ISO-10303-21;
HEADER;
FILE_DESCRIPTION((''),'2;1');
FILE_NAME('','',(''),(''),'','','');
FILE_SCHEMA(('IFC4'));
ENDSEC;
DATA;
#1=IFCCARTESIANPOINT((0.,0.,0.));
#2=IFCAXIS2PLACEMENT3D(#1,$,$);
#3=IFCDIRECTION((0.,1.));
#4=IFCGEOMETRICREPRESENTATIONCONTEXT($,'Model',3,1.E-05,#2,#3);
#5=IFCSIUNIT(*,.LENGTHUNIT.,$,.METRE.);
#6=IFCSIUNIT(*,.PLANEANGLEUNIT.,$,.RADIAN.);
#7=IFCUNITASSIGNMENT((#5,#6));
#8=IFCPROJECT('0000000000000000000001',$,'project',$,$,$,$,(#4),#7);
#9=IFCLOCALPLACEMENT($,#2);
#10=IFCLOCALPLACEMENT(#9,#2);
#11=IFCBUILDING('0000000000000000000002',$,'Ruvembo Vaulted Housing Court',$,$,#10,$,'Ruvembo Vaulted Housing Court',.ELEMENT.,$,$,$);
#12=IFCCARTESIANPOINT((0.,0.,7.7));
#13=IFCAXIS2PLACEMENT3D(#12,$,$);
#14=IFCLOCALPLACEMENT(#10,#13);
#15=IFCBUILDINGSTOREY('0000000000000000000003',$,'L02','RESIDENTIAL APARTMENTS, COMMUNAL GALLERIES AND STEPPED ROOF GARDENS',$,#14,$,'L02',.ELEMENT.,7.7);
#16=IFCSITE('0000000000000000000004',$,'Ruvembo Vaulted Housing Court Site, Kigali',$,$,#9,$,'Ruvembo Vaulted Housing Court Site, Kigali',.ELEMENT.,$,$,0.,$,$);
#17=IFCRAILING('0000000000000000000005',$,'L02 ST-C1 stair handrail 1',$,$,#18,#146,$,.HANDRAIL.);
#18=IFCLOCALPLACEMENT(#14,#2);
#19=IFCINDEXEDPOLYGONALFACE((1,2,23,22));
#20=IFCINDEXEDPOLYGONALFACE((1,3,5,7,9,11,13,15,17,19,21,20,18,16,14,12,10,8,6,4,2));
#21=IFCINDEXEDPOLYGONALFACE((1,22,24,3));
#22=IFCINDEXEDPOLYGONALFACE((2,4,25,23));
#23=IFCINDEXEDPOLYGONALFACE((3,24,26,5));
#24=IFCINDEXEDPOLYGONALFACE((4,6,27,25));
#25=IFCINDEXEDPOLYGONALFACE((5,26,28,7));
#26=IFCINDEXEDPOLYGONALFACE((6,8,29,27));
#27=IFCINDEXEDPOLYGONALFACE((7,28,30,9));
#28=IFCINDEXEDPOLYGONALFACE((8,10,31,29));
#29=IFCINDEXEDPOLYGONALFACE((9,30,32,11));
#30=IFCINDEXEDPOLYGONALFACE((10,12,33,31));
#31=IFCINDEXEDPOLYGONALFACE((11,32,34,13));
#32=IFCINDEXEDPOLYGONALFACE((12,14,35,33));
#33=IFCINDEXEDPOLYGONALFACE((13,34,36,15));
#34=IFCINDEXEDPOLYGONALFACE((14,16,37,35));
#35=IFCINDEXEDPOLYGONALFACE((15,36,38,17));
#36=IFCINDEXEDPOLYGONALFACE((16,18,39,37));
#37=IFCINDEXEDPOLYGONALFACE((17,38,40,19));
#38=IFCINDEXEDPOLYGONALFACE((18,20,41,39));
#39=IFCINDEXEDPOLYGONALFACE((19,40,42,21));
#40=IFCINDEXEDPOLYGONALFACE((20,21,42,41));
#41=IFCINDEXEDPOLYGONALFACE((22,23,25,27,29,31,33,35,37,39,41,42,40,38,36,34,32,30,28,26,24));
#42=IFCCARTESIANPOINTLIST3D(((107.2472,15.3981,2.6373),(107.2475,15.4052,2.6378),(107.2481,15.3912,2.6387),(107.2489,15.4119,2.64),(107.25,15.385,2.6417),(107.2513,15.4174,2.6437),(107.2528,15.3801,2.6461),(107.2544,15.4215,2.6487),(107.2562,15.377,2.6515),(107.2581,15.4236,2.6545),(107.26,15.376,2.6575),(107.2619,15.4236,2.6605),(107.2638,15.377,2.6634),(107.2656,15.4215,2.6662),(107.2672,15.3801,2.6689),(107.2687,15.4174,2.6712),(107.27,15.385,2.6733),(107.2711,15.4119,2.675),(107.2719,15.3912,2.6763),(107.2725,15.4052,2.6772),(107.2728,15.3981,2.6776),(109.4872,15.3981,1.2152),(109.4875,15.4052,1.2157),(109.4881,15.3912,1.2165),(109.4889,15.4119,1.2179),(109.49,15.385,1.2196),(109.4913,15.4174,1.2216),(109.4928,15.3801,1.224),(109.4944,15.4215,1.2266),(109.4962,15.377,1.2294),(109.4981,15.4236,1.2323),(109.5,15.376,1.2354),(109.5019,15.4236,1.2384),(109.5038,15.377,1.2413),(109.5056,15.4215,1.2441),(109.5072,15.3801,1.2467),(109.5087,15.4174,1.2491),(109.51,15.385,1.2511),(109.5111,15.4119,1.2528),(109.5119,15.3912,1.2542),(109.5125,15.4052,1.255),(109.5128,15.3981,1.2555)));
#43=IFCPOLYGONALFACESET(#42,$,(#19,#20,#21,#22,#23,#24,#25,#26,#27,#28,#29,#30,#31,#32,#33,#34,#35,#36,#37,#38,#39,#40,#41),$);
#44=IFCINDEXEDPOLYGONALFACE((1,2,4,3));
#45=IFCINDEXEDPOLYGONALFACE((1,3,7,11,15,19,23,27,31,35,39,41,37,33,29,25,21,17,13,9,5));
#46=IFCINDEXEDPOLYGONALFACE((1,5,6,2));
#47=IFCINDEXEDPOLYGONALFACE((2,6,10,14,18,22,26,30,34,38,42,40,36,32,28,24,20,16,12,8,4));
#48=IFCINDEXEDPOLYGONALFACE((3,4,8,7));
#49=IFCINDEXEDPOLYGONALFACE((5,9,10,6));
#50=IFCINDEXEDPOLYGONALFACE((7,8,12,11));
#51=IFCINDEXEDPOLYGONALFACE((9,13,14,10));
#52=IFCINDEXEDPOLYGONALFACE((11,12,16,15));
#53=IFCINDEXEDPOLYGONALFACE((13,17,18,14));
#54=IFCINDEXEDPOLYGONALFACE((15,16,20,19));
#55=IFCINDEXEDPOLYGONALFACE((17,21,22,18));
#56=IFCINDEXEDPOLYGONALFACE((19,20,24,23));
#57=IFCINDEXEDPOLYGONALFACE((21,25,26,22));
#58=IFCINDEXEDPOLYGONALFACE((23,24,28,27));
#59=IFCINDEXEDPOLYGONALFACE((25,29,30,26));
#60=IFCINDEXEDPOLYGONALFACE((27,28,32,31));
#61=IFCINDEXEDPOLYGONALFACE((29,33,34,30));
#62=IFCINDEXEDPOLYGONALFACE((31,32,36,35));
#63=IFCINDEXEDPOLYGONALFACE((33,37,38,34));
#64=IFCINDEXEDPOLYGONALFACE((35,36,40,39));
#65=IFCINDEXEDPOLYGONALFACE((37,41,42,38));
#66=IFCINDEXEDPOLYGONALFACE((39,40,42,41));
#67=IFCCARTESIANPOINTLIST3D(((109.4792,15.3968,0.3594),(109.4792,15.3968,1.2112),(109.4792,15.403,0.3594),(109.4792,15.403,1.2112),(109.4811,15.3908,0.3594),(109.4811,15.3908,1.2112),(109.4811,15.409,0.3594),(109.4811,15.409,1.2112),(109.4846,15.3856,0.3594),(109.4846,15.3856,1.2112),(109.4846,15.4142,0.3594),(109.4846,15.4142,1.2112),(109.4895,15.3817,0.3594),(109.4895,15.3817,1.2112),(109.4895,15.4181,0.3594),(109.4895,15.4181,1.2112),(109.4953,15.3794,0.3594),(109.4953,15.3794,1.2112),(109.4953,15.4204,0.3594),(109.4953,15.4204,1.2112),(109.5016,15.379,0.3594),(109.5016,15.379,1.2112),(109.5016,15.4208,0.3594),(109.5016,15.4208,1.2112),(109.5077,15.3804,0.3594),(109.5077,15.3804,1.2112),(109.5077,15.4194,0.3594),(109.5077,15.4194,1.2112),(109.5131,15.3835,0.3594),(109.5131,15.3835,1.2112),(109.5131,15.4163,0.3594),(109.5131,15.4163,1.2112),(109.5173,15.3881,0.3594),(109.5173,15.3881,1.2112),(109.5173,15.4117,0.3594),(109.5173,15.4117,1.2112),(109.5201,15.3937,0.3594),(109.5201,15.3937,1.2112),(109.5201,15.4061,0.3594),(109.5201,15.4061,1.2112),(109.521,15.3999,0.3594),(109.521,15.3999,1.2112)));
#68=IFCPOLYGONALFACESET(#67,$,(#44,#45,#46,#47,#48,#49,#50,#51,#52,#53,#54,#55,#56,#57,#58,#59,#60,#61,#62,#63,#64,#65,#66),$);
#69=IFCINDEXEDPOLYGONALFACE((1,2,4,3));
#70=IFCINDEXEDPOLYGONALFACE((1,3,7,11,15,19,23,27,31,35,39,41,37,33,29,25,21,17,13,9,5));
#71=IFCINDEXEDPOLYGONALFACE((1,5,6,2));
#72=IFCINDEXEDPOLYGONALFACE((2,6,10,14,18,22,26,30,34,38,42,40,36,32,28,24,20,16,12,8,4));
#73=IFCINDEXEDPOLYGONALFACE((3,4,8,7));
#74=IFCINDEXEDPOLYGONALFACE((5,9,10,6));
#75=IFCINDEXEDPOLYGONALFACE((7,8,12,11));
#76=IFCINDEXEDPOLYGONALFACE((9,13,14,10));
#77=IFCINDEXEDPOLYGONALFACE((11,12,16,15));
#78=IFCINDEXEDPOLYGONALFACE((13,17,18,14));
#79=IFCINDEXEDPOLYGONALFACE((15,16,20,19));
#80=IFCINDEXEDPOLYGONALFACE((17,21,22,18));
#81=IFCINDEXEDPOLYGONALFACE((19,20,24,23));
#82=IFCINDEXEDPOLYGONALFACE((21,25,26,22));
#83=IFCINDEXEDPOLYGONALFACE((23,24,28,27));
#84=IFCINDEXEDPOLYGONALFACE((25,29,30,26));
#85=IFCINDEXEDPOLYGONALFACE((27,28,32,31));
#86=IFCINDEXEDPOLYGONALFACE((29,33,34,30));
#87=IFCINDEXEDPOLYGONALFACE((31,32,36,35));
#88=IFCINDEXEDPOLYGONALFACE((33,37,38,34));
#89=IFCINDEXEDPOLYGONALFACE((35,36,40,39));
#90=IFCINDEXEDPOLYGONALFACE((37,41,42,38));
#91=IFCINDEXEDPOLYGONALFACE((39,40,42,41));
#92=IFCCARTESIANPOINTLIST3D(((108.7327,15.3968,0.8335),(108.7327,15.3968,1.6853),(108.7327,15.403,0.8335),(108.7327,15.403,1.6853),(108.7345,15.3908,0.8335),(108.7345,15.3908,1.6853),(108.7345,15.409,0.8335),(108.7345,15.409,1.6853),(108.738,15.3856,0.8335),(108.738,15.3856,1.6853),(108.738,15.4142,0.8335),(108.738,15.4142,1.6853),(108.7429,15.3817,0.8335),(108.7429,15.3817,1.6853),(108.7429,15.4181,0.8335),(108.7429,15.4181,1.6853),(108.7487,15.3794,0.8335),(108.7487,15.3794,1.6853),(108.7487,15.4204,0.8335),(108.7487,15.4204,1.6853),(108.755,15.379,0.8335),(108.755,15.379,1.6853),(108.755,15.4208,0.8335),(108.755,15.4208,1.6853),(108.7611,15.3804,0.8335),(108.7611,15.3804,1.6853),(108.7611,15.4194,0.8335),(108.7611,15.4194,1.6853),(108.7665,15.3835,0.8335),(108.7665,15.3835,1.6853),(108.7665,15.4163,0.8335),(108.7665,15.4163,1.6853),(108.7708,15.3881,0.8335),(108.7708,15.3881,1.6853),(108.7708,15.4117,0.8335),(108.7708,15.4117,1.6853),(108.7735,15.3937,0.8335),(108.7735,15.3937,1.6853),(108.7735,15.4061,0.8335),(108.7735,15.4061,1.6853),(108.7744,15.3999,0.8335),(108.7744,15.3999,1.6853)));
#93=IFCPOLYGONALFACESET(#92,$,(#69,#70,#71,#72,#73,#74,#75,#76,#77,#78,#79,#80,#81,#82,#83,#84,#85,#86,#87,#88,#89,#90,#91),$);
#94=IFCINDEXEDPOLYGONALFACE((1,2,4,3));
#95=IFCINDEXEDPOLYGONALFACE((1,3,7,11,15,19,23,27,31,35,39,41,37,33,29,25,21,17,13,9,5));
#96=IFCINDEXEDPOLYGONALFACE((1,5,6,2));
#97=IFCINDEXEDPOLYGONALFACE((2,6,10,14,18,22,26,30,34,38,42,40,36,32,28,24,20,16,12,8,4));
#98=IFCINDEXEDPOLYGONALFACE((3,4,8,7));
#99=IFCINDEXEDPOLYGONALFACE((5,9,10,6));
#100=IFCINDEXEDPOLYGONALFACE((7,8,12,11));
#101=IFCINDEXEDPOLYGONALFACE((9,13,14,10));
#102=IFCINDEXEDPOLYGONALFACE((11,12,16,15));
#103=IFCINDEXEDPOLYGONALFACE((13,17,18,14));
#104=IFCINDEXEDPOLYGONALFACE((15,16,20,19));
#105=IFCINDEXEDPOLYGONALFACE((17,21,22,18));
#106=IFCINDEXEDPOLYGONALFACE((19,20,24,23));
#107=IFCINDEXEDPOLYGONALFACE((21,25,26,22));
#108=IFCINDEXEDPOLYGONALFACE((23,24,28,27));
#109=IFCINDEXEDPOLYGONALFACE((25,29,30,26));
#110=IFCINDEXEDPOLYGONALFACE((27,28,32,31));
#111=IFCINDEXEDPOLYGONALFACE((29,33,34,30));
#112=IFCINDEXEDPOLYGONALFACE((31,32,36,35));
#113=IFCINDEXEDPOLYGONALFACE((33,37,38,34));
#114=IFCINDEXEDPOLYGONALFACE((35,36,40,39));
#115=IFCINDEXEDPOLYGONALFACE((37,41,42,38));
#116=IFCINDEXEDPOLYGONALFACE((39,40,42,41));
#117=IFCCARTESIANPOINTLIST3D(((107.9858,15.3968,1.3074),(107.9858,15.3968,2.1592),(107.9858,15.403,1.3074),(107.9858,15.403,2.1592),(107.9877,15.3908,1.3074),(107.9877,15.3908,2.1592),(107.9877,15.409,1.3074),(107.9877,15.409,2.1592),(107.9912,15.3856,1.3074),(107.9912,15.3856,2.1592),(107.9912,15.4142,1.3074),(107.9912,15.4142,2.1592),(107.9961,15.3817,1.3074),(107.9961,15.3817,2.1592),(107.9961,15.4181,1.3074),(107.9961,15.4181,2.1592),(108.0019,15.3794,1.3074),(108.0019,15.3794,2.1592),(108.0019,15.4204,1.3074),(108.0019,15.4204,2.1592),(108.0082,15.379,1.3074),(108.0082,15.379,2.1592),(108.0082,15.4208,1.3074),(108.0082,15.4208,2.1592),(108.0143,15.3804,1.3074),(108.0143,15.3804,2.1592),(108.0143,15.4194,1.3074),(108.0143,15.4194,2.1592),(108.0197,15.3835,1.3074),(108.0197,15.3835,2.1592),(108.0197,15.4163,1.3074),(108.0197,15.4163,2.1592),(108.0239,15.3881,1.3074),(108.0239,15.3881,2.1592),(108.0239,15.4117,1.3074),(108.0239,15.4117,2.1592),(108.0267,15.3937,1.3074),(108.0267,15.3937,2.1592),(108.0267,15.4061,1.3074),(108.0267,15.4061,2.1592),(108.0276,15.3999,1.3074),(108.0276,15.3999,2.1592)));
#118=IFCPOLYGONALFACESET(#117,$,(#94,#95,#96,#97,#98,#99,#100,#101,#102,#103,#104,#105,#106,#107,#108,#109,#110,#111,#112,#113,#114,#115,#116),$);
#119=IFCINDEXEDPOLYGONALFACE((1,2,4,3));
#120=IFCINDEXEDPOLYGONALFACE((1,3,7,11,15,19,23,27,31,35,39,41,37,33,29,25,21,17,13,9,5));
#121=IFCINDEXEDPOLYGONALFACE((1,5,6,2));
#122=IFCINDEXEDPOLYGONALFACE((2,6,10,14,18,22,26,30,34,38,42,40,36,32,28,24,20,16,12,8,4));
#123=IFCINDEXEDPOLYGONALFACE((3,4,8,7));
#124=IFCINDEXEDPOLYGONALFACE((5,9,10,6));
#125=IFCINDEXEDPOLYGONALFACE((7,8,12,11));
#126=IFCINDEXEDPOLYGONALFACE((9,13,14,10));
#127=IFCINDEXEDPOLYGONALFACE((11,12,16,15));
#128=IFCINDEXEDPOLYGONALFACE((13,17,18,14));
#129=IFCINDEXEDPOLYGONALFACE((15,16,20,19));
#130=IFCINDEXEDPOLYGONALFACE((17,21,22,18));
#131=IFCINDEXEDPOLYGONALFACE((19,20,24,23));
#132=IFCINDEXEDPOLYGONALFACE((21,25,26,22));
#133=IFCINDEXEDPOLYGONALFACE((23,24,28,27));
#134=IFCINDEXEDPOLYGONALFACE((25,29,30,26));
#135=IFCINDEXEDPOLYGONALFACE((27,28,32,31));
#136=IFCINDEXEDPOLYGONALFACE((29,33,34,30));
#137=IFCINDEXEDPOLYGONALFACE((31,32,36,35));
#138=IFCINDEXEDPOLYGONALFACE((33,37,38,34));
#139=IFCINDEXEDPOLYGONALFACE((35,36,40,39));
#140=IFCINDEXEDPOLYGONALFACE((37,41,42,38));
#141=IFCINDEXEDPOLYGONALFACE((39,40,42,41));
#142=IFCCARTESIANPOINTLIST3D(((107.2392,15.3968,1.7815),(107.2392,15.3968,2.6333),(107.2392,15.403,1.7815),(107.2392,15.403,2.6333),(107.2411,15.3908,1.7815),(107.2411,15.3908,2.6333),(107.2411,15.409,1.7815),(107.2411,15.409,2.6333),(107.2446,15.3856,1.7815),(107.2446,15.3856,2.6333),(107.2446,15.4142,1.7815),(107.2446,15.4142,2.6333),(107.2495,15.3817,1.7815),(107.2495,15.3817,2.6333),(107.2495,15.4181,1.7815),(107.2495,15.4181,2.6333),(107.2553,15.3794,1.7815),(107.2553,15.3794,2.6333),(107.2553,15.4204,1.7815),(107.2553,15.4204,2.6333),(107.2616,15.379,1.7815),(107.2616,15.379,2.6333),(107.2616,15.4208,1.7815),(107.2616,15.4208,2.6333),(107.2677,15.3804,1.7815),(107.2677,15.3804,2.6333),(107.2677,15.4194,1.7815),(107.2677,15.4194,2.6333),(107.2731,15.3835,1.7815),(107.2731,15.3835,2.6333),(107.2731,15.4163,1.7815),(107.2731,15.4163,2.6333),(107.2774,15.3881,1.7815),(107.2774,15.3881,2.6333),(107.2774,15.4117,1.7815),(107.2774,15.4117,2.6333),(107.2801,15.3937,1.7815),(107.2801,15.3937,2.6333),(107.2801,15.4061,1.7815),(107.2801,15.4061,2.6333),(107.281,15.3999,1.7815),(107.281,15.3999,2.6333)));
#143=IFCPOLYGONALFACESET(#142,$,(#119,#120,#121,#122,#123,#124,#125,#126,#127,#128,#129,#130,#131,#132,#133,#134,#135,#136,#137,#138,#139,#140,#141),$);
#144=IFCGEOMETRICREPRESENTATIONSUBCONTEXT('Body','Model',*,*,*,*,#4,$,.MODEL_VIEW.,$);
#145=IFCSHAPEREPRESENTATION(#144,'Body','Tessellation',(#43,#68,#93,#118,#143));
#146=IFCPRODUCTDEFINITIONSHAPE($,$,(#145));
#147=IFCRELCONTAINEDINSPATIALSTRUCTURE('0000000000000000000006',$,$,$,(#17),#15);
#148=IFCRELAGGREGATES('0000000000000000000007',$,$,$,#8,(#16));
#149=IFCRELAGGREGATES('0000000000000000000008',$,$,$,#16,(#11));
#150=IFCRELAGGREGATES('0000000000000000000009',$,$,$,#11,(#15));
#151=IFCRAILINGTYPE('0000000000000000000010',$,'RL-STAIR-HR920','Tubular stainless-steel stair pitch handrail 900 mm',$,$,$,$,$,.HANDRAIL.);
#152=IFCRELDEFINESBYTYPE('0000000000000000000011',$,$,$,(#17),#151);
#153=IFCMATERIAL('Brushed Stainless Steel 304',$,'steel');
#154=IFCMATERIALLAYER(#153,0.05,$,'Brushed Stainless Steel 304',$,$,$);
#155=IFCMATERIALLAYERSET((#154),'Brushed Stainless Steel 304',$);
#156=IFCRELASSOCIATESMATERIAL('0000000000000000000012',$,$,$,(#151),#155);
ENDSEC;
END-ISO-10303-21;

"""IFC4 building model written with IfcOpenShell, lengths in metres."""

from ifc_helpers import new_model, si_unit, direction, frame, origin, origin_2d, place, context, subcontext, project, spatial, circle, extrude, material, layer, layer_set, type_object, element, save


model = new_model("IFC4")

# Units and contexts
model_context = context("Model", 3, precision=1e-05, world=origin(), true_north=direction((0.0, 1.0)))
body_context = subcontext(model_context, "Body", "Model", "MODEL_VIEW")
ifc_project = project(units=[si_unit("LENGTHUNIT", "METRE"), si_unit("PLANEANGLEUNIT", "RADIAN")], contexts=[model_context])

# Site, building, storey
site_placement = place(None, origin())
site = spatial("IfcSite", under=ifc_project, at=site_placement, Name="Ruvembo Vaulted Housing Court Site, Kigali", LongName="Ruvembo Vaulted Housing Court Site, Kigali", CompositionType="ELEMENT", RefElevation=0.0)
building_placement = place(site_placement, origin())
building = spatial("IfcBuilding", under=site, at=building_placement, Name="Ruvembo Vaulted Housing Court", LongName="Ruvembo Vaulted Housing Court", CompositionType="ELEMENT")
storey_placement = place(building_placement, frame((0.0, 0.0, 7.7)))
storey = spatial("IfcBuildingStorey", under=building, at=storey_placement, Name="L02", Description="RESIDENTIAL APARTMENTS, COMMUNAL GALLERIES AND STEPPED ROOF GARDENS", LongName="L02", CompositionType="ELEMENT", Elevation=7.7)

# Shared definitions
ifc_material_1 = material(Name="Brushed Stainless Steel 304", Category="steel")

# Railing
ifc_layer_1 = layer(ifc_material_1, 0.05, Name="Brushed Stainless Steel 304")
ifc_layer_set_1 = layer_set([ifc_layer_1], Name="Brushed Stainless Steel 304")
railing_type_1 = type_object("IfcRailingType", Name="RL-STAIR-HR920", Description="Tubular stainless-steel stair pitch handrail 900 mm", PredefinedType="HANDRAIL", material=ifc_layer_set_1)
railing_1_placement = place(storey_placement, frame((109.5, 15.3999, 0.3594)))
element("IfcRailing", 1, at=railing_1_placement, inside=storey, type_object=railing_type_1, Name="L02 ST-C1 stair handrail 1", PredefinedType="HANDRAIL", context=body_context, shape_type="SweptSolid", body=[
    extrude(circle(Radius=0.0239, at=origin_2d()), frame((0.0, 0.0, 0.876), z_axis=(-0.844229, 0.0, 0.535982), x_axis=(0.0, -1.0, 0.0)), (0.0, 0.0, 1.0), 2.6533),
    extrude(circle(Radius=0.021, at=origin_2d()), origin(), (0.0, 0.0, 1.0), 0.8518),
    extrude(circle(Radius=0.021, at=origin_2d()), frame((-0.7466, 0.0, 0.4741)), (0.0, 0.0, 1.0), 0.8518),
    extrude(circle(Radius=0.021, at=origin_2d()), frame((-1.4934, 0.0, 0.948)), (0.0, 0.0, 1.0), 0.8518),
    extrude(circle(Radius=0.021, at=origin_2d()), frame((-2.24, 0.0, 1.4221)), (0.0, 0.0, 1.0), 0.8518),
])

save(model, "model.ifc")
